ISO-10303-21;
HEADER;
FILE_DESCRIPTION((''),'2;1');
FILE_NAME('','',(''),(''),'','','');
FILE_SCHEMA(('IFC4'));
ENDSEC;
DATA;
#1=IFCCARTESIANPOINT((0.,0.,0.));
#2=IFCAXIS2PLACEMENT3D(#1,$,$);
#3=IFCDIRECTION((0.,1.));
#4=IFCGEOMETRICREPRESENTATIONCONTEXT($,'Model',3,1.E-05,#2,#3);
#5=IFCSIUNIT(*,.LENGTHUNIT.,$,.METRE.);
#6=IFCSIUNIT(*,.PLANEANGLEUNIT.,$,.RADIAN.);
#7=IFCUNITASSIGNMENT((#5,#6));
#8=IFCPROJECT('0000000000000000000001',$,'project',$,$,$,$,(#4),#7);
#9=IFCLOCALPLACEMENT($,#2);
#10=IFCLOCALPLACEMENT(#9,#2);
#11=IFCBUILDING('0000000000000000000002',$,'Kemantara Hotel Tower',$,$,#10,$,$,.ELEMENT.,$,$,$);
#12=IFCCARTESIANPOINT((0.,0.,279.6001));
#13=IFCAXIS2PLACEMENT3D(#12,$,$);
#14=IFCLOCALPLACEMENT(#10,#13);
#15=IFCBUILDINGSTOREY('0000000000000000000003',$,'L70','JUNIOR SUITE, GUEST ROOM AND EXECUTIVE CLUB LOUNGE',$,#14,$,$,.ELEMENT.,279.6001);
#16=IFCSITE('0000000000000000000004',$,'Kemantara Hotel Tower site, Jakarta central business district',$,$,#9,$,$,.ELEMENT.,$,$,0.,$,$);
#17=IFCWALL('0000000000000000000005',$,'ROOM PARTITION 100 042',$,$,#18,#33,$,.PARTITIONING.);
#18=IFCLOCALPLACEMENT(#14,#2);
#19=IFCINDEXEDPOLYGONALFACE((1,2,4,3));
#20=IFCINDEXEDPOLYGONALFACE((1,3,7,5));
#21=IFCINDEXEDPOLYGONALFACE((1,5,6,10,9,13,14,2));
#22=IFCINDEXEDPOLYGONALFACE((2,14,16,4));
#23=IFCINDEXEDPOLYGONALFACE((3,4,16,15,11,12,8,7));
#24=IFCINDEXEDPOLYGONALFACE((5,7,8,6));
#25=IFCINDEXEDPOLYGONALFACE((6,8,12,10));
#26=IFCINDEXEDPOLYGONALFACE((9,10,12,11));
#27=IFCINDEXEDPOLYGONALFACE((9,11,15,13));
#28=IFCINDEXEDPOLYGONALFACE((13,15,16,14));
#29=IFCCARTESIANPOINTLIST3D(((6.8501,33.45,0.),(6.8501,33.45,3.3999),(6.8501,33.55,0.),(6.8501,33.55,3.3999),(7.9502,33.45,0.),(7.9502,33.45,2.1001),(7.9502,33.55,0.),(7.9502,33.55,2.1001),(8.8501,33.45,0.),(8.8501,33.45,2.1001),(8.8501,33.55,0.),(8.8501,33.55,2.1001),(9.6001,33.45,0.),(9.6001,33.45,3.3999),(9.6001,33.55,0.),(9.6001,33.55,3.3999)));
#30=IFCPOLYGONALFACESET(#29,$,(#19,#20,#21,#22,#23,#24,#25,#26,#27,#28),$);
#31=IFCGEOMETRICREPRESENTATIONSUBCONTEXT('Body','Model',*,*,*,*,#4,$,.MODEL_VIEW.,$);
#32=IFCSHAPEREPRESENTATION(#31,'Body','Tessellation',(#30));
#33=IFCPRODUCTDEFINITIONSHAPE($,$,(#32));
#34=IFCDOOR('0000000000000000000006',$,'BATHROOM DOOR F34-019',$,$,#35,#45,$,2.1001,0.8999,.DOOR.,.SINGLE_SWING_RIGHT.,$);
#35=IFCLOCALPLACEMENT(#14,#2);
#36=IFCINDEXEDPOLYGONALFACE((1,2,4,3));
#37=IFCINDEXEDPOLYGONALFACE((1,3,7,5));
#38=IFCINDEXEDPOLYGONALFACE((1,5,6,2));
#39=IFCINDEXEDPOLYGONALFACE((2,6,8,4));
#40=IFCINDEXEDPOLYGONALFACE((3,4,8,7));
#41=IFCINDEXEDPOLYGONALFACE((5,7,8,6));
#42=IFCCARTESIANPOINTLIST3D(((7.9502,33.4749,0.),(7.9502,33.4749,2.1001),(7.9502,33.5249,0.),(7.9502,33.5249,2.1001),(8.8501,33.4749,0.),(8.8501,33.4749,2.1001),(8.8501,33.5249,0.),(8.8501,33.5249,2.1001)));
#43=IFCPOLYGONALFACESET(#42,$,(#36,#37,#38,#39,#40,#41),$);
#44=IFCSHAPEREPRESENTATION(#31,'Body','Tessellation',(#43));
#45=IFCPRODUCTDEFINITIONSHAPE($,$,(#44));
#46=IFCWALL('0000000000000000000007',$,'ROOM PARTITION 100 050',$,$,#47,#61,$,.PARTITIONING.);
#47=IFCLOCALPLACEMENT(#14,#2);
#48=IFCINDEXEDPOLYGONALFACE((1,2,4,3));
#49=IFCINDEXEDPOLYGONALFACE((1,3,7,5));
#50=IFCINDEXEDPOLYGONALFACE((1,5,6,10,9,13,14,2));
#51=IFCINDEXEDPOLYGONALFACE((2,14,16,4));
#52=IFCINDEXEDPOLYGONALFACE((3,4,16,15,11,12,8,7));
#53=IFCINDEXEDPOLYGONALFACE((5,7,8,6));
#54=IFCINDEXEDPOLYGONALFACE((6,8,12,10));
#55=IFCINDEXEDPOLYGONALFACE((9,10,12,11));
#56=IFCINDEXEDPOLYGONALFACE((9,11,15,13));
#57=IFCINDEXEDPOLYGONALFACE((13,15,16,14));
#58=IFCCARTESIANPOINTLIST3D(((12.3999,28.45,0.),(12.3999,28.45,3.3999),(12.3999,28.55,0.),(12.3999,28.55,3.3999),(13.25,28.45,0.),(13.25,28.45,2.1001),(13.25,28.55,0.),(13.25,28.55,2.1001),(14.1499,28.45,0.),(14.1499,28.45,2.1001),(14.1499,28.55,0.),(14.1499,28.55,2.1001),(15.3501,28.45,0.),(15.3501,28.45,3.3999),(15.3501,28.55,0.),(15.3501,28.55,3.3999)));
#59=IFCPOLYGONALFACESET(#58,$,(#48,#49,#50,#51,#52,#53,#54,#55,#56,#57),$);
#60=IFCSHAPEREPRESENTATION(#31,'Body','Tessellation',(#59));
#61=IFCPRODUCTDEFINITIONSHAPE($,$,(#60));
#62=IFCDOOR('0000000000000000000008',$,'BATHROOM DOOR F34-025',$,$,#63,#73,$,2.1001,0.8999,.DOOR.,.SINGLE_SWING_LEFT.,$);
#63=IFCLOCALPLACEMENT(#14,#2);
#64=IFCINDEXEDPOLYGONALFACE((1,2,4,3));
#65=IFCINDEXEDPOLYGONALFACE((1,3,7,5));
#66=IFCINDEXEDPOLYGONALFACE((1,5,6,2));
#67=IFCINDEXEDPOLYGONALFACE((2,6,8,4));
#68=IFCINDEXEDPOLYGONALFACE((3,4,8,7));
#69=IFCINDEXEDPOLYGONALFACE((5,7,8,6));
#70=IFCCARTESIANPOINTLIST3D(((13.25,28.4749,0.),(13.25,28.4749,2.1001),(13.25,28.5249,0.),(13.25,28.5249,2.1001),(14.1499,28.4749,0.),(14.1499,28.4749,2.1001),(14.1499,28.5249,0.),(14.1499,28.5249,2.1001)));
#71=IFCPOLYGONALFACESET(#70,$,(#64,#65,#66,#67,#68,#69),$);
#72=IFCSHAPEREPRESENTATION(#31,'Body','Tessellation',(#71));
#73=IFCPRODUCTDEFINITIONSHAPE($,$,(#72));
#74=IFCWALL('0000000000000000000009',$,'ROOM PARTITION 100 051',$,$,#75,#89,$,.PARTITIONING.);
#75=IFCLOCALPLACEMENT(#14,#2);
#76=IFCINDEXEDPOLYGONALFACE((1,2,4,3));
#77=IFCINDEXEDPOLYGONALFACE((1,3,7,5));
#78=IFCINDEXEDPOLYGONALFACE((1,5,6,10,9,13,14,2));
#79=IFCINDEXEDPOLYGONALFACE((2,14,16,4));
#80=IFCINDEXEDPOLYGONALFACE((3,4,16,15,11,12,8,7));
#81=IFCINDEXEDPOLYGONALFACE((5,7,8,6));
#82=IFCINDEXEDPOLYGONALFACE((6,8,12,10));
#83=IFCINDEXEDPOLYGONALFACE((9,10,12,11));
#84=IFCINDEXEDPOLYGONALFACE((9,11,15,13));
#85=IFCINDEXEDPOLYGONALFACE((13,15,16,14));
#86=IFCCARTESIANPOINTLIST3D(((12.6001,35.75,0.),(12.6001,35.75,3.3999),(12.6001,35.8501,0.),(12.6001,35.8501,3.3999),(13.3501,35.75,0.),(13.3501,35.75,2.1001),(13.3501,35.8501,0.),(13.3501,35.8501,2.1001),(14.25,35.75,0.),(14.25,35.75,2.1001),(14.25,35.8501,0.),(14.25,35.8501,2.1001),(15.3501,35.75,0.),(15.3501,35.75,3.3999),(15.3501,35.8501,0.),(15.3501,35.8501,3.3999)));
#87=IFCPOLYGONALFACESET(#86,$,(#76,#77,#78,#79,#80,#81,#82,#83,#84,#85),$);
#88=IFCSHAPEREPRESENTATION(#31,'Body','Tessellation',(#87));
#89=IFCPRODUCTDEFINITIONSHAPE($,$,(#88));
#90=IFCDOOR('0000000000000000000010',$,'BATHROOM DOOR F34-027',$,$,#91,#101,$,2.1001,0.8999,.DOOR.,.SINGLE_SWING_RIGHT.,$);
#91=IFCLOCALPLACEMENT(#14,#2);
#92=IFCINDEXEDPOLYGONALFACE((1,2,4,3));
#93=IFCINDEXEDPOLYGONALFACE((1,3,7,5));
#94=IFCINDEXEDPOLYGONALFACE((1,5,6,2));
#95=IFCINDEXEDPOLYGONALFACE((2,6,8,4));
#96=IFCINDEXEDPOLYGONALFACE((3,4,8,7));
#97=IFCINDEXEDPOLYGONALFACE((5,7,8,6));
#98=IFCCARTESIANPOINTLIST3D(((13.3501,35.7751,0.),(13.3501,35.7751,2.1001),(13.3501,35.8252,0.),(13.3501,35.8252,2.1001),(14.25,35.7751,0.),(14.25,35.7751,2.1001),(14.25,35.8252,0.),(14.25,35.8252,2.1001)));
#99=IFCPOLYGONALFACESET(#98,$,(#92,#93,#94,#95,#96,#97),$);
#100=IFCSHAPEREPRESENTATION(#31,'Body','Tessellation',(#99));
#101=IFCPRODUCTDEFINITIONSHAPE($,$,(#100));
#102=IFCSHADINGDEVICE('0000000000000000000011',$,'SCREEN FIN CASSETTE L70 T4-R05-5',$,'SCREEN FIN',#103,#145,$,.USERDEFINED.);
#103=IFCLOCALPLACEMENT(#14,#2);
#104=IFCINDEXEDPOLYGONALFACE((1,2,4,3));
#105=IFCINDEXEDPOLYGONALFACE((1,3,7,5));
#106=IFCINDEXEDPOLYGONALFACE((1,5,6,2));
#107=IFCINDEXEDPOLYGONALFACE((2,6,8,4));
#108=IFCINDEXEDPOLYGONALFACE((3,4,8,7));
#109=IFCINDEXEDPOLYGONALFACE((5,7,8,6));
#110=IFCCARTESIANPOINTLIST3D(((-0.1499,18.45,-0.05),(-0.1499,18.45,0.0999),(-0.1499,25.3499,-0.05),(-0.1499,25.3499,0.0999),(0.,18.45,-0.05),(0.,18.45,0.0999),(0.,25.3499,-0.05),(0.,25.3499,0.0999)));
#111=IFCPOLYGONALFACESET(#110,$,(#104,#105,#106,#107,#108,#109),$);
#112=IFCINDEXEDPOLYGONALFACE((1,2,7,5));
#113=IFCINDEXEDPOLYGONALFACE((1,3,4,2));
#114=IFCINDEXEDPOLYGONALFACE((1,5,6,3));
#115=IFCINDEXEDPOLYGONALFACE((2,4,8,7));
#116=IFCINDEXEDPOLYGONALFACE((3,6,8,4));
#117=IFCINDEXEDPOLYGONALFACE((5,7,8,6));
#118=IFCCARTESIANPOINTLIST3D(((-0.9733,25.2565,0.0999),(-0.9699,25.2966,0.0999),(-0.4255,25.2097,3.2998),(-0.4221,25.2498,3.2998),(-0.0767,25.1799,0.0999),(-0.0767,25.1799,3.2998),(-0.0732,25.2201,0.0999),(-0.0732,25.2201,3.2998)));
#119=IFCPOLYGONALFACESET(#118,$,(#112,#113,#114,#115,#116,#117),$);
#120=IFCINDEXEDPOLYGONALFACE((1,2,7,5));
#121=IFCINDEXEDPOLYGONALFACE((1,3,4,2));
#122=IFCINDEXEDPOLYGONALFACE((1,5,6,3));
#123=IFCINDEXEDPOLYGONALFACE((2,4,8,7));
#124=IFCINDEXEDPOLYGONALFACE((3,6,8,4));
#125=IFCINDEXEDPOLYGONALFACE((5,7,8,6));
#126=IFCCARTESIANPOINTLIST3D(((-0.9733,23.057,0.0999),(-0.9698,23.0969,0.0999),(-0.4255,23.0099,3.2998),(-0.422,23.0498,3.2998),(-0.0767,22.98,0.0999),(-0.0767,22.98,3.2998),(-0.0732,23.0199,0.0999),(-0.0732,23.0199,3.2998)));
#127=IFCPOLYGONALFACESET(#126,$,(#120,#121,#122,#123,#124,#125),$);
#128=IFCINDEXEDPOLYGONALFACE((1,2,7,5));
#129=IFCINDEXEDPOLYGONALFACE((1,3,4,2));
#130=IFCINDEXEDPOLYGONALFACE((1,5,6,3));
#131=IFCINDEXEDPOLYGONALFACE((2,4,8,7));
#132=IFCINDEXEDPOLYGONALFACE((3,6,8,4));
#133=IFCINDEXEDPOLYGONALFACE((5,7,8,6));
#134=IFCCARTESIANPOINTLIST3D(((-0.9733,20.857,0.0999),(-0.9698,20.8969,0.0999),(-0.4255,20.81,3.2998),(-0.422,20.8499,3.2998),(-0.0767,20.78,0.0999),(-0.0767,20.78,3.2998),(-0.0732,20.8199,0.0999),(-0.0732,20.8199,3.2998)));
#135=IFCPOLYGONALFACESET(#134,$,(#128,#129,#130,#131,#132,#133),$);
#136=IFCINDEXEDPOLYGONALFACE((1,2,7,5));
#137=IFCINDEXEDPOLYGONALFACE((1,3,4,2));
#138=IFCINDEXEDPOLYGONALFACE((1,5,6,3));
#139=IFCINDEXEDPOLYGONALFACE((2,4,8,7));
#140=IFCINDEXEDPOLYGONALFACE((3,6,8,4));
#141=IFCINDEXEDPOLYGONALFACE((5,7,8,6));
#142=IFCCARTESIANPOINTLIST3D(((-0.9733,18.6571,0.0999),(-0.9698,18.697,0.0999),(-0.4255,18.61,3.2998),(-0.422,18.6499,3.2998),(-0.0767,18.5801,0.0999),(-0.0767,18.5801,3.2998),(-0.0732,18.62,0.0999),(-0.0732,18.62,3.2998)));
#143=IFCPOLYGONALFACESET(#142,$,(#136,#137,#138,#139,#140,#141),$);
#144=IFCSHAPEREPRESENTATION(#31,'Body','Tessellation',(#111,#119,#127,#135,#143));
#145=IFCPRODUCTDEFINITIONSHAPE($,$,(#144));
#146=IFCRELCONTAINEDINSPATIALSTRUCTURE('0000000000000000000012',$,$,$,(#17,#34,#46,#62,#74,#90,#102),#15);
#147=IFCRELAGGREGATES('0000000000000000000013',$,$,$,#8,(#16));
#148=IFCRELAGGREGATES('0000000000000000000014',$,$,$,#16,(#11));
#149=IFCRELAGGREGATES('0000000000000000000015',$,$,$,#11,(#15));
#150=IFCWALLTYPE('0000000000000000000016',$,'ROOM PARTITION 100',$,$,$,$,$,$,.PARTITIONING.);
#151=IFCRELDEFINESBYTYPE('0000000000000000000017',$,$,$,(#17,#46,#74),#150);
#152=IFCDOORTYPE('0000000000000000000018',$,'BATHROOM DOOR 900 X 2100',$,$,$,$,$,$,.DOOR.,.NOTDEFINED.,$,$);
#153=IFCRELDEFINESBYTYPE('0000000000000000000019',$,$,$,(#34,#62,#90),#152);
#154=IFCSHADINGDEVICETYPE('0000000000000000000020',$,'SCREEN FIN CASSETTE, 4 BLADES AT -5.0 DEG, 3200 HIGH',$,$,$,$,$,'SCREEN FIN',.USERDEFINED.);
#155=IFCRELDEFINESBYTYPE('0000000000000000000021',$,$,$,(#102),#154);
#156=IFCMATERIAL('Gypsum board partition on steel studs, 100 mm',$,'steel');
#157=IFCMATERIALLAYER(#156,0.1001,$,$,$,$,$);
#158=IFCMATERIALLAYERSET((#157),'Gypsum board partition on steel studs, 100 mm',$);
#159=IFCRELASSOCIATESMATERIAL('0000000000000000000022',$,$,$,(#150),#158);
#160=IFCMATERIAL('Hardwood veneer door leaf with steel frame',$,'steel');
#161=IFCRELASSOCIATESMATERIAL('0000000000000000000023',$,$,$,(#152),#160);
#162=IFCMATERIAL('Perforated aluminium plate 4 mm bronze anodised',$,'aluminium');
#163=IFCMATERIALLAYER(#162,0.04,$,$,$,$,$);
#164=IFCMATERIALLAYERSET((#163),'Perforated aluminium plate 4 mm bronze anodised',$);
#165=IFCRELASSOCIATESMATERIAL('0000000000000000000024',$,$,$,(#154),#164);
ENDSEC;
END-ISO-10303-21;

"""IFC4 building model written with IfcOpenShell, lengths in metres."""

from ifc_helpers import new_model, si_unit, direction, frame, frame_2d, origin, origin_2d, place, context, subcontext, project, spatial, polyline, rectangle, outline, extrude, source, transform, mapped, material, layer, layer_set, type_object, element, fill, save


model = new_model("IFC4")

# Units and contexts
model_context = context("Model", 3, precision=1e-05, world=origin(), true_north=direction((0.0, 1.0)))
body_context = subcontext(model_context, "Body", "Model", "MODEL_VIEW")
ifc_project = project(units=[si_unit("LENGTHUNIT", "METRE"), si_unit("PLANEANGLEUNIT", "RADIAN")], contexts=[model_context])

# Site, building, storey
site_placement = place(None, origin())
site = spatial("IfcSite", under=ifc_project, at=site_placement, Name="Kemantara Hotel Tower site, Jakarta central business district", CompositionType="ELEMENT", RefElevation=0.0)
building_placement = place(site_placement, origin())
building = spatial("IfcBuilding", under=site, at=building_placement, Name="Kemantara Hotel Tower", CompositionType="ELEMENT")
storey_placement = place(building_placement, frame((0.0, 0.0, 279.6001)))
storey = spatial("IfcBuildingStorey", under=building, at=storey_placement, Name="L70", Description="JUNIOR SUITE, GUEST ROOM AND EXECUTIVE CLUB LOUNGE", CompositionType="ELEMENT", Elevation=279.6001)

# Shared definitions
ifc_material_1 = material(Name="Hardwood veneer door leaf with steel frame", Category="steel")

# Shared definitions
ifc_material_2 = material(Name="Gypsum board partition on steel studs, 100 mm", Category="steel")
ifc_layer_1 = layer(ifc_material_2, 0.1001)
ifc_layer_set_1 = layer_set([ifc_layer_1], Name="Gypsum board partition on steel studs, 100 mm")
wall_type_1 = type_object("IfcWallType", Name="ROOM PARTITION 100", PredefinedType="PARTITIONING", material=ifc_layer_set_1)

# Walls, openings, doors
wall_1_placement = place(storey_placement, frame((6.8501, 33.5, 0.0), z_axis=(0.0, 0.0, 1.0), x_axis=(1.0, 0.0, 0.0)))
wall_1 = element("IfcWall", 1, at=wall_1_placement, inside=storey, type_object=wall_type_1, Name="ROOM PARTITION 100 042", PredefinedType="PARTITIONING", context=body_context, shape_type="SweptSolid", body=[
    extrude(rectangle(XDim=2.75, YDim=0.1001, at=frame_2d((1.375, 0.0))), origin(), (0.0, 0.0, 1.0), 3.3999),
])
opening_1_placement = place(wall_1_placement, frame((1.1001, 0.0, 0.0)))
opening_1 = element("IfcOpeningElement", 2, at=opening_1_placement, cuts=wall_1, PredefinedType="OPENING", context=body_context, shape_type="SweptSolid", body=[
    extrude(rectangle(XDim=0.8999, YDim=2.1001, at=frame_2d((0.45, 1.05))), frame((0.0, 0.0601, 0.0), z_axis=(0.0, -1.0, 0.0), x_axis=(1.0, 0.0, 0.0)), (0.0, 0.0, 1.0), 0.1201),
])
door_type_1 = type_object("IfcDoorType", Name="BATHROOM DOOR 900 X 2100", OperationType="NOTDEFINED", PredefinedType="DOOR", material=ifc_material_1)
door_1_placement = place(opening_1_placement, origin())
door_1 = element("IfcDoor", 3, at=door_1_placement, inside=storey, type_object=door_type_1, Name="BATHROOM DOOR F34-019", OperationType="SINGLE_SWING_RIGHT", OverallHeight=2.1001, OverallWidth=0.8999, PredefinedType="DOOR", context=body_context, shape_type="SweptSolid", body=[
    extrude(rectangle(XDim=0.8999, YDim=2.1001, at=frame_2d((0.45, 1.05))), frame((0.0, 0.0249, 0.0), z_axis=(0.0, -1.0, 0.0), x_axis=(1.0, 0.0, 0.0)), (0.0, 0.0, 1.0), 0.05),
])
fill(opening_1, door_1)
wall_2_placement = place(storey_placement, frame((12.3999, 28.5, 0.0), z_axis=(0.0, 0.0, 1.0), x_axis=(1.0, 0.0, 0.0)))
wall_2 = element("IfcWall", 4, at=wall_2_placement, inside=storey, type_object=wall_type_1, Name="ROOM PARTITION 100 050", PredefinedType="PARTITIONING", context=body_context, shape_type="SweptSolid", body=[
    extrude(rectangle(XDim=2.9502, YDim=0.1001, at=frame_2d((1.4751, 0.0))), origin(), (0.0, 0.0, 1.0), 3.3999),
])
opening_2_placement = place(wall_2_placement, frame((0.8501, 0.0, 0.0)))
opening_2 = element("IfcOpeningElement", 5, at=opening_2_placement, cuts=wall_2, PredefinedType="OPENING", context=body_context, shape_type="SweptSolid", body=[
    extrude(rectangle(XDim=0.8999, YDim=2.1001, at=frame_2d((0.45, 1.05))), frame((0.0, 0.0601, 0.0), z_axis=(0.0, -1.0, 0.0), x_axis=(1.0, 0.0, 0.0)), (0.0, 0.0, 1.0), 0.1201),
])
door_2_placement = place(opening_2_placement, origin())
door_2 = element("IfcDoor", 6, at=door_2_placement, inside=storey, type_object=door_type_1, Name="BATHROOM DOOR F34-025", OperationType="SINGLE_SWING_LEFT", OverallHeight=2.1001, OverallWidth=0.8999, PredefinedType="DOOR", context=body_context, shape_type="SweptSolid", body=[
    extrude(rectangle(XDim=0.8999, YDim=2.1001, at=frame_2d((0.45, 1.05))), frame((0.0, 0.0249, 0.0), z_axis=(0.0, -1.0, 0.0), x_axis=(1.0, 0.0, 0.0)), (0.0, 0.0, 1.0), 0.05),
])
fill(opening_2, door_2)
wall_3_placement = place(storey_placement, frame((15.3501, 35.8, 0.0), z_axis=(0.0, 0.0, 1.0), x_axis=(-1.0, 0.0, 0.0)))
wall_3 = element("IfcWall", 7, at=wall_3_placement, inside=storey, type_object=wall_type_1, Name="ROOM PARTITION 100 051", PredefinedType="PARTITIONING", context=body_context, shape_type="SweptSolid", body=[
    extrude(rectangle(XDim=2.75, YDim=0.1001, at=frame_2d((1.375, 0.0))), origin(), (0.0, 0.0, 1.0), 3.3999),
])
opening_3_placement = place(wall_3_placement, frame((1.1001, 0.0, 0.0)))
opening_3 = element("IfcOpeningElement", 8, at=opening_3_placement, cuts=wall_3, PredefinedType="OPENING", context=body_context, shape_type="SweptSolid", body=[
    extrude(rectangle(XDim=0.8999, YDim=2.1001, at=frame_2d((0.45, 1.05))), frame((0.0, 0.0601, 0.0), z_axis=(0.0, -1.0, 0.0), x_axis=(1.0, 0.0, 0.0)), (0.0, 0.0, 1.0), 0.1201),
])
door_3_placement = place(opening_3_placement, origin())
door_3 = element("IfcDoor", 9, at=door_3_placement, inside=storey, type_object=door_type_1, Name="BATHROOM DOOR F34-027", OperationType="SINGLE_SWING_RIGHT", OverallHeight=2.1001, OverallWidth=0.8999, PredefinedType="DOOR", context=body_context, shape_type="SweptSolid", body=[
    extrude(rectangle(XDim=0.8999, YDim=2.1001, at=frame_2d((0.45, 1.05))), frame((0.0, 0.0249, 0.0), z_axis=(0.0, -1.0, 0.0), x_axis=(1.0, 0.0, 0.0)), (0.0, 0.0, 1.0), 0.05),
])
fill(opening_3, door_3)

# Shading device
ifc_material_3 = material(Name="Perforated aluminium plate 4 mm bronze anodised", Category="aluminium")
ifc_layer_2 = layer(ifc_material_3, 0.04)
ifc_layer_set_2 = layer_set([ifc_layer_2], Name="Perforated aluminium plate 4 mm bronze anodised")
shading_device_type_1 = type_object("IfcShadingDeviceType", Name="SCREEN FIN CASSETTE, 4 BLADES AT -5.0 DEG, 3200 HIGH", ElementType="SCREEN FIN", PredefinedType="USERDEFINED", material=ifc_layer_set_2)
shared_shape_1 = source(origin(), body_context, "Body", "SweptSolid", [
    extrude(rectangle(XDim=6.8999, YDim=0.1499, at=origin_2d()), frame((3.3, -0.075, -0.1499), z_axis=(0.0, 0.0, 1.0), x_axis=(1.0, 0.0, 0.0)), (0.0, 0.0, 1.0), 0.1499),
    extrude(outline(polyline([(0.0, 0.0), (0.8999, 0.0), (0.3501, 3.2), (0.0, 3.2), (0.0, 0.0)])), frame((0.02, -0.0767, 0.0), z_axis=(-0.996376, 0.085056, 0.0), x_axis=(-0.085056, -0.996376, 0.0)), (0.0, 0.0, 1.0), 0.0403),
    extrude(outline(polyline([(0.0, 0.0), (0.8999, 0.0), (0.3501, 3.2), (0.0, 3.2), (0.0, 0.0)])), frame((2.22, -0.0767, 0.0), z_axis=(-0.996332, 0.085575, 0.0), x_axis=(-0.085575, -0.996332, 0.0)), (0.0, 0.0, 1.0), 0.04),
    extrude(outline(polyline([(0.0, 0.0), (0.8999, 0.0), (0.3501, 3.2), (0.0, 3.2), (0.0, 0.0)])), frame((4.4199, -0.0767, 0.0), z_axis=(-0.996332, 0.085575, 0.0), x_axis=(-0.085575, -0.996332, 0.0)), (0.0, 0.0, 1.0), 0.04),
    extrude(outline(polyline([(0.0, 0.0), (0.8999, 0.0), (0.3501, 3.2), (0.0, 3.2), (0.0, 0.0)])), frame((6.6199, -0.0767, 0.0), z_axis=(-0.996332, 0.085575, 0.0), x_axis=(-0.085575, -0.996332, 0.0)), (0.0, 0.0, 1.0), 0.04),
])
shading_device_1_placement = place(storey_placement, frame((0.0, 25.2, 0.0999), z_axis=(0.0, 0.0, 1.0), x_axis=(0.0, -1.0, 0.0)))
element("IfcShadingDevice", 10, at=shading_device_1_placement, inside=storey, type_object=shading_device_type_1, Name="SCREEN FIN CASSETTE L70 T4-R05-5", ObjectType="SCREEN FIN", PredefinedType="USERDEFINED", context=body_context, shape_type="MappedRepresentation", body=[
    mapped(shared_shape_1, transform((0.0, 0.0, 0.0))),
])

save(model, "model.ifc")
